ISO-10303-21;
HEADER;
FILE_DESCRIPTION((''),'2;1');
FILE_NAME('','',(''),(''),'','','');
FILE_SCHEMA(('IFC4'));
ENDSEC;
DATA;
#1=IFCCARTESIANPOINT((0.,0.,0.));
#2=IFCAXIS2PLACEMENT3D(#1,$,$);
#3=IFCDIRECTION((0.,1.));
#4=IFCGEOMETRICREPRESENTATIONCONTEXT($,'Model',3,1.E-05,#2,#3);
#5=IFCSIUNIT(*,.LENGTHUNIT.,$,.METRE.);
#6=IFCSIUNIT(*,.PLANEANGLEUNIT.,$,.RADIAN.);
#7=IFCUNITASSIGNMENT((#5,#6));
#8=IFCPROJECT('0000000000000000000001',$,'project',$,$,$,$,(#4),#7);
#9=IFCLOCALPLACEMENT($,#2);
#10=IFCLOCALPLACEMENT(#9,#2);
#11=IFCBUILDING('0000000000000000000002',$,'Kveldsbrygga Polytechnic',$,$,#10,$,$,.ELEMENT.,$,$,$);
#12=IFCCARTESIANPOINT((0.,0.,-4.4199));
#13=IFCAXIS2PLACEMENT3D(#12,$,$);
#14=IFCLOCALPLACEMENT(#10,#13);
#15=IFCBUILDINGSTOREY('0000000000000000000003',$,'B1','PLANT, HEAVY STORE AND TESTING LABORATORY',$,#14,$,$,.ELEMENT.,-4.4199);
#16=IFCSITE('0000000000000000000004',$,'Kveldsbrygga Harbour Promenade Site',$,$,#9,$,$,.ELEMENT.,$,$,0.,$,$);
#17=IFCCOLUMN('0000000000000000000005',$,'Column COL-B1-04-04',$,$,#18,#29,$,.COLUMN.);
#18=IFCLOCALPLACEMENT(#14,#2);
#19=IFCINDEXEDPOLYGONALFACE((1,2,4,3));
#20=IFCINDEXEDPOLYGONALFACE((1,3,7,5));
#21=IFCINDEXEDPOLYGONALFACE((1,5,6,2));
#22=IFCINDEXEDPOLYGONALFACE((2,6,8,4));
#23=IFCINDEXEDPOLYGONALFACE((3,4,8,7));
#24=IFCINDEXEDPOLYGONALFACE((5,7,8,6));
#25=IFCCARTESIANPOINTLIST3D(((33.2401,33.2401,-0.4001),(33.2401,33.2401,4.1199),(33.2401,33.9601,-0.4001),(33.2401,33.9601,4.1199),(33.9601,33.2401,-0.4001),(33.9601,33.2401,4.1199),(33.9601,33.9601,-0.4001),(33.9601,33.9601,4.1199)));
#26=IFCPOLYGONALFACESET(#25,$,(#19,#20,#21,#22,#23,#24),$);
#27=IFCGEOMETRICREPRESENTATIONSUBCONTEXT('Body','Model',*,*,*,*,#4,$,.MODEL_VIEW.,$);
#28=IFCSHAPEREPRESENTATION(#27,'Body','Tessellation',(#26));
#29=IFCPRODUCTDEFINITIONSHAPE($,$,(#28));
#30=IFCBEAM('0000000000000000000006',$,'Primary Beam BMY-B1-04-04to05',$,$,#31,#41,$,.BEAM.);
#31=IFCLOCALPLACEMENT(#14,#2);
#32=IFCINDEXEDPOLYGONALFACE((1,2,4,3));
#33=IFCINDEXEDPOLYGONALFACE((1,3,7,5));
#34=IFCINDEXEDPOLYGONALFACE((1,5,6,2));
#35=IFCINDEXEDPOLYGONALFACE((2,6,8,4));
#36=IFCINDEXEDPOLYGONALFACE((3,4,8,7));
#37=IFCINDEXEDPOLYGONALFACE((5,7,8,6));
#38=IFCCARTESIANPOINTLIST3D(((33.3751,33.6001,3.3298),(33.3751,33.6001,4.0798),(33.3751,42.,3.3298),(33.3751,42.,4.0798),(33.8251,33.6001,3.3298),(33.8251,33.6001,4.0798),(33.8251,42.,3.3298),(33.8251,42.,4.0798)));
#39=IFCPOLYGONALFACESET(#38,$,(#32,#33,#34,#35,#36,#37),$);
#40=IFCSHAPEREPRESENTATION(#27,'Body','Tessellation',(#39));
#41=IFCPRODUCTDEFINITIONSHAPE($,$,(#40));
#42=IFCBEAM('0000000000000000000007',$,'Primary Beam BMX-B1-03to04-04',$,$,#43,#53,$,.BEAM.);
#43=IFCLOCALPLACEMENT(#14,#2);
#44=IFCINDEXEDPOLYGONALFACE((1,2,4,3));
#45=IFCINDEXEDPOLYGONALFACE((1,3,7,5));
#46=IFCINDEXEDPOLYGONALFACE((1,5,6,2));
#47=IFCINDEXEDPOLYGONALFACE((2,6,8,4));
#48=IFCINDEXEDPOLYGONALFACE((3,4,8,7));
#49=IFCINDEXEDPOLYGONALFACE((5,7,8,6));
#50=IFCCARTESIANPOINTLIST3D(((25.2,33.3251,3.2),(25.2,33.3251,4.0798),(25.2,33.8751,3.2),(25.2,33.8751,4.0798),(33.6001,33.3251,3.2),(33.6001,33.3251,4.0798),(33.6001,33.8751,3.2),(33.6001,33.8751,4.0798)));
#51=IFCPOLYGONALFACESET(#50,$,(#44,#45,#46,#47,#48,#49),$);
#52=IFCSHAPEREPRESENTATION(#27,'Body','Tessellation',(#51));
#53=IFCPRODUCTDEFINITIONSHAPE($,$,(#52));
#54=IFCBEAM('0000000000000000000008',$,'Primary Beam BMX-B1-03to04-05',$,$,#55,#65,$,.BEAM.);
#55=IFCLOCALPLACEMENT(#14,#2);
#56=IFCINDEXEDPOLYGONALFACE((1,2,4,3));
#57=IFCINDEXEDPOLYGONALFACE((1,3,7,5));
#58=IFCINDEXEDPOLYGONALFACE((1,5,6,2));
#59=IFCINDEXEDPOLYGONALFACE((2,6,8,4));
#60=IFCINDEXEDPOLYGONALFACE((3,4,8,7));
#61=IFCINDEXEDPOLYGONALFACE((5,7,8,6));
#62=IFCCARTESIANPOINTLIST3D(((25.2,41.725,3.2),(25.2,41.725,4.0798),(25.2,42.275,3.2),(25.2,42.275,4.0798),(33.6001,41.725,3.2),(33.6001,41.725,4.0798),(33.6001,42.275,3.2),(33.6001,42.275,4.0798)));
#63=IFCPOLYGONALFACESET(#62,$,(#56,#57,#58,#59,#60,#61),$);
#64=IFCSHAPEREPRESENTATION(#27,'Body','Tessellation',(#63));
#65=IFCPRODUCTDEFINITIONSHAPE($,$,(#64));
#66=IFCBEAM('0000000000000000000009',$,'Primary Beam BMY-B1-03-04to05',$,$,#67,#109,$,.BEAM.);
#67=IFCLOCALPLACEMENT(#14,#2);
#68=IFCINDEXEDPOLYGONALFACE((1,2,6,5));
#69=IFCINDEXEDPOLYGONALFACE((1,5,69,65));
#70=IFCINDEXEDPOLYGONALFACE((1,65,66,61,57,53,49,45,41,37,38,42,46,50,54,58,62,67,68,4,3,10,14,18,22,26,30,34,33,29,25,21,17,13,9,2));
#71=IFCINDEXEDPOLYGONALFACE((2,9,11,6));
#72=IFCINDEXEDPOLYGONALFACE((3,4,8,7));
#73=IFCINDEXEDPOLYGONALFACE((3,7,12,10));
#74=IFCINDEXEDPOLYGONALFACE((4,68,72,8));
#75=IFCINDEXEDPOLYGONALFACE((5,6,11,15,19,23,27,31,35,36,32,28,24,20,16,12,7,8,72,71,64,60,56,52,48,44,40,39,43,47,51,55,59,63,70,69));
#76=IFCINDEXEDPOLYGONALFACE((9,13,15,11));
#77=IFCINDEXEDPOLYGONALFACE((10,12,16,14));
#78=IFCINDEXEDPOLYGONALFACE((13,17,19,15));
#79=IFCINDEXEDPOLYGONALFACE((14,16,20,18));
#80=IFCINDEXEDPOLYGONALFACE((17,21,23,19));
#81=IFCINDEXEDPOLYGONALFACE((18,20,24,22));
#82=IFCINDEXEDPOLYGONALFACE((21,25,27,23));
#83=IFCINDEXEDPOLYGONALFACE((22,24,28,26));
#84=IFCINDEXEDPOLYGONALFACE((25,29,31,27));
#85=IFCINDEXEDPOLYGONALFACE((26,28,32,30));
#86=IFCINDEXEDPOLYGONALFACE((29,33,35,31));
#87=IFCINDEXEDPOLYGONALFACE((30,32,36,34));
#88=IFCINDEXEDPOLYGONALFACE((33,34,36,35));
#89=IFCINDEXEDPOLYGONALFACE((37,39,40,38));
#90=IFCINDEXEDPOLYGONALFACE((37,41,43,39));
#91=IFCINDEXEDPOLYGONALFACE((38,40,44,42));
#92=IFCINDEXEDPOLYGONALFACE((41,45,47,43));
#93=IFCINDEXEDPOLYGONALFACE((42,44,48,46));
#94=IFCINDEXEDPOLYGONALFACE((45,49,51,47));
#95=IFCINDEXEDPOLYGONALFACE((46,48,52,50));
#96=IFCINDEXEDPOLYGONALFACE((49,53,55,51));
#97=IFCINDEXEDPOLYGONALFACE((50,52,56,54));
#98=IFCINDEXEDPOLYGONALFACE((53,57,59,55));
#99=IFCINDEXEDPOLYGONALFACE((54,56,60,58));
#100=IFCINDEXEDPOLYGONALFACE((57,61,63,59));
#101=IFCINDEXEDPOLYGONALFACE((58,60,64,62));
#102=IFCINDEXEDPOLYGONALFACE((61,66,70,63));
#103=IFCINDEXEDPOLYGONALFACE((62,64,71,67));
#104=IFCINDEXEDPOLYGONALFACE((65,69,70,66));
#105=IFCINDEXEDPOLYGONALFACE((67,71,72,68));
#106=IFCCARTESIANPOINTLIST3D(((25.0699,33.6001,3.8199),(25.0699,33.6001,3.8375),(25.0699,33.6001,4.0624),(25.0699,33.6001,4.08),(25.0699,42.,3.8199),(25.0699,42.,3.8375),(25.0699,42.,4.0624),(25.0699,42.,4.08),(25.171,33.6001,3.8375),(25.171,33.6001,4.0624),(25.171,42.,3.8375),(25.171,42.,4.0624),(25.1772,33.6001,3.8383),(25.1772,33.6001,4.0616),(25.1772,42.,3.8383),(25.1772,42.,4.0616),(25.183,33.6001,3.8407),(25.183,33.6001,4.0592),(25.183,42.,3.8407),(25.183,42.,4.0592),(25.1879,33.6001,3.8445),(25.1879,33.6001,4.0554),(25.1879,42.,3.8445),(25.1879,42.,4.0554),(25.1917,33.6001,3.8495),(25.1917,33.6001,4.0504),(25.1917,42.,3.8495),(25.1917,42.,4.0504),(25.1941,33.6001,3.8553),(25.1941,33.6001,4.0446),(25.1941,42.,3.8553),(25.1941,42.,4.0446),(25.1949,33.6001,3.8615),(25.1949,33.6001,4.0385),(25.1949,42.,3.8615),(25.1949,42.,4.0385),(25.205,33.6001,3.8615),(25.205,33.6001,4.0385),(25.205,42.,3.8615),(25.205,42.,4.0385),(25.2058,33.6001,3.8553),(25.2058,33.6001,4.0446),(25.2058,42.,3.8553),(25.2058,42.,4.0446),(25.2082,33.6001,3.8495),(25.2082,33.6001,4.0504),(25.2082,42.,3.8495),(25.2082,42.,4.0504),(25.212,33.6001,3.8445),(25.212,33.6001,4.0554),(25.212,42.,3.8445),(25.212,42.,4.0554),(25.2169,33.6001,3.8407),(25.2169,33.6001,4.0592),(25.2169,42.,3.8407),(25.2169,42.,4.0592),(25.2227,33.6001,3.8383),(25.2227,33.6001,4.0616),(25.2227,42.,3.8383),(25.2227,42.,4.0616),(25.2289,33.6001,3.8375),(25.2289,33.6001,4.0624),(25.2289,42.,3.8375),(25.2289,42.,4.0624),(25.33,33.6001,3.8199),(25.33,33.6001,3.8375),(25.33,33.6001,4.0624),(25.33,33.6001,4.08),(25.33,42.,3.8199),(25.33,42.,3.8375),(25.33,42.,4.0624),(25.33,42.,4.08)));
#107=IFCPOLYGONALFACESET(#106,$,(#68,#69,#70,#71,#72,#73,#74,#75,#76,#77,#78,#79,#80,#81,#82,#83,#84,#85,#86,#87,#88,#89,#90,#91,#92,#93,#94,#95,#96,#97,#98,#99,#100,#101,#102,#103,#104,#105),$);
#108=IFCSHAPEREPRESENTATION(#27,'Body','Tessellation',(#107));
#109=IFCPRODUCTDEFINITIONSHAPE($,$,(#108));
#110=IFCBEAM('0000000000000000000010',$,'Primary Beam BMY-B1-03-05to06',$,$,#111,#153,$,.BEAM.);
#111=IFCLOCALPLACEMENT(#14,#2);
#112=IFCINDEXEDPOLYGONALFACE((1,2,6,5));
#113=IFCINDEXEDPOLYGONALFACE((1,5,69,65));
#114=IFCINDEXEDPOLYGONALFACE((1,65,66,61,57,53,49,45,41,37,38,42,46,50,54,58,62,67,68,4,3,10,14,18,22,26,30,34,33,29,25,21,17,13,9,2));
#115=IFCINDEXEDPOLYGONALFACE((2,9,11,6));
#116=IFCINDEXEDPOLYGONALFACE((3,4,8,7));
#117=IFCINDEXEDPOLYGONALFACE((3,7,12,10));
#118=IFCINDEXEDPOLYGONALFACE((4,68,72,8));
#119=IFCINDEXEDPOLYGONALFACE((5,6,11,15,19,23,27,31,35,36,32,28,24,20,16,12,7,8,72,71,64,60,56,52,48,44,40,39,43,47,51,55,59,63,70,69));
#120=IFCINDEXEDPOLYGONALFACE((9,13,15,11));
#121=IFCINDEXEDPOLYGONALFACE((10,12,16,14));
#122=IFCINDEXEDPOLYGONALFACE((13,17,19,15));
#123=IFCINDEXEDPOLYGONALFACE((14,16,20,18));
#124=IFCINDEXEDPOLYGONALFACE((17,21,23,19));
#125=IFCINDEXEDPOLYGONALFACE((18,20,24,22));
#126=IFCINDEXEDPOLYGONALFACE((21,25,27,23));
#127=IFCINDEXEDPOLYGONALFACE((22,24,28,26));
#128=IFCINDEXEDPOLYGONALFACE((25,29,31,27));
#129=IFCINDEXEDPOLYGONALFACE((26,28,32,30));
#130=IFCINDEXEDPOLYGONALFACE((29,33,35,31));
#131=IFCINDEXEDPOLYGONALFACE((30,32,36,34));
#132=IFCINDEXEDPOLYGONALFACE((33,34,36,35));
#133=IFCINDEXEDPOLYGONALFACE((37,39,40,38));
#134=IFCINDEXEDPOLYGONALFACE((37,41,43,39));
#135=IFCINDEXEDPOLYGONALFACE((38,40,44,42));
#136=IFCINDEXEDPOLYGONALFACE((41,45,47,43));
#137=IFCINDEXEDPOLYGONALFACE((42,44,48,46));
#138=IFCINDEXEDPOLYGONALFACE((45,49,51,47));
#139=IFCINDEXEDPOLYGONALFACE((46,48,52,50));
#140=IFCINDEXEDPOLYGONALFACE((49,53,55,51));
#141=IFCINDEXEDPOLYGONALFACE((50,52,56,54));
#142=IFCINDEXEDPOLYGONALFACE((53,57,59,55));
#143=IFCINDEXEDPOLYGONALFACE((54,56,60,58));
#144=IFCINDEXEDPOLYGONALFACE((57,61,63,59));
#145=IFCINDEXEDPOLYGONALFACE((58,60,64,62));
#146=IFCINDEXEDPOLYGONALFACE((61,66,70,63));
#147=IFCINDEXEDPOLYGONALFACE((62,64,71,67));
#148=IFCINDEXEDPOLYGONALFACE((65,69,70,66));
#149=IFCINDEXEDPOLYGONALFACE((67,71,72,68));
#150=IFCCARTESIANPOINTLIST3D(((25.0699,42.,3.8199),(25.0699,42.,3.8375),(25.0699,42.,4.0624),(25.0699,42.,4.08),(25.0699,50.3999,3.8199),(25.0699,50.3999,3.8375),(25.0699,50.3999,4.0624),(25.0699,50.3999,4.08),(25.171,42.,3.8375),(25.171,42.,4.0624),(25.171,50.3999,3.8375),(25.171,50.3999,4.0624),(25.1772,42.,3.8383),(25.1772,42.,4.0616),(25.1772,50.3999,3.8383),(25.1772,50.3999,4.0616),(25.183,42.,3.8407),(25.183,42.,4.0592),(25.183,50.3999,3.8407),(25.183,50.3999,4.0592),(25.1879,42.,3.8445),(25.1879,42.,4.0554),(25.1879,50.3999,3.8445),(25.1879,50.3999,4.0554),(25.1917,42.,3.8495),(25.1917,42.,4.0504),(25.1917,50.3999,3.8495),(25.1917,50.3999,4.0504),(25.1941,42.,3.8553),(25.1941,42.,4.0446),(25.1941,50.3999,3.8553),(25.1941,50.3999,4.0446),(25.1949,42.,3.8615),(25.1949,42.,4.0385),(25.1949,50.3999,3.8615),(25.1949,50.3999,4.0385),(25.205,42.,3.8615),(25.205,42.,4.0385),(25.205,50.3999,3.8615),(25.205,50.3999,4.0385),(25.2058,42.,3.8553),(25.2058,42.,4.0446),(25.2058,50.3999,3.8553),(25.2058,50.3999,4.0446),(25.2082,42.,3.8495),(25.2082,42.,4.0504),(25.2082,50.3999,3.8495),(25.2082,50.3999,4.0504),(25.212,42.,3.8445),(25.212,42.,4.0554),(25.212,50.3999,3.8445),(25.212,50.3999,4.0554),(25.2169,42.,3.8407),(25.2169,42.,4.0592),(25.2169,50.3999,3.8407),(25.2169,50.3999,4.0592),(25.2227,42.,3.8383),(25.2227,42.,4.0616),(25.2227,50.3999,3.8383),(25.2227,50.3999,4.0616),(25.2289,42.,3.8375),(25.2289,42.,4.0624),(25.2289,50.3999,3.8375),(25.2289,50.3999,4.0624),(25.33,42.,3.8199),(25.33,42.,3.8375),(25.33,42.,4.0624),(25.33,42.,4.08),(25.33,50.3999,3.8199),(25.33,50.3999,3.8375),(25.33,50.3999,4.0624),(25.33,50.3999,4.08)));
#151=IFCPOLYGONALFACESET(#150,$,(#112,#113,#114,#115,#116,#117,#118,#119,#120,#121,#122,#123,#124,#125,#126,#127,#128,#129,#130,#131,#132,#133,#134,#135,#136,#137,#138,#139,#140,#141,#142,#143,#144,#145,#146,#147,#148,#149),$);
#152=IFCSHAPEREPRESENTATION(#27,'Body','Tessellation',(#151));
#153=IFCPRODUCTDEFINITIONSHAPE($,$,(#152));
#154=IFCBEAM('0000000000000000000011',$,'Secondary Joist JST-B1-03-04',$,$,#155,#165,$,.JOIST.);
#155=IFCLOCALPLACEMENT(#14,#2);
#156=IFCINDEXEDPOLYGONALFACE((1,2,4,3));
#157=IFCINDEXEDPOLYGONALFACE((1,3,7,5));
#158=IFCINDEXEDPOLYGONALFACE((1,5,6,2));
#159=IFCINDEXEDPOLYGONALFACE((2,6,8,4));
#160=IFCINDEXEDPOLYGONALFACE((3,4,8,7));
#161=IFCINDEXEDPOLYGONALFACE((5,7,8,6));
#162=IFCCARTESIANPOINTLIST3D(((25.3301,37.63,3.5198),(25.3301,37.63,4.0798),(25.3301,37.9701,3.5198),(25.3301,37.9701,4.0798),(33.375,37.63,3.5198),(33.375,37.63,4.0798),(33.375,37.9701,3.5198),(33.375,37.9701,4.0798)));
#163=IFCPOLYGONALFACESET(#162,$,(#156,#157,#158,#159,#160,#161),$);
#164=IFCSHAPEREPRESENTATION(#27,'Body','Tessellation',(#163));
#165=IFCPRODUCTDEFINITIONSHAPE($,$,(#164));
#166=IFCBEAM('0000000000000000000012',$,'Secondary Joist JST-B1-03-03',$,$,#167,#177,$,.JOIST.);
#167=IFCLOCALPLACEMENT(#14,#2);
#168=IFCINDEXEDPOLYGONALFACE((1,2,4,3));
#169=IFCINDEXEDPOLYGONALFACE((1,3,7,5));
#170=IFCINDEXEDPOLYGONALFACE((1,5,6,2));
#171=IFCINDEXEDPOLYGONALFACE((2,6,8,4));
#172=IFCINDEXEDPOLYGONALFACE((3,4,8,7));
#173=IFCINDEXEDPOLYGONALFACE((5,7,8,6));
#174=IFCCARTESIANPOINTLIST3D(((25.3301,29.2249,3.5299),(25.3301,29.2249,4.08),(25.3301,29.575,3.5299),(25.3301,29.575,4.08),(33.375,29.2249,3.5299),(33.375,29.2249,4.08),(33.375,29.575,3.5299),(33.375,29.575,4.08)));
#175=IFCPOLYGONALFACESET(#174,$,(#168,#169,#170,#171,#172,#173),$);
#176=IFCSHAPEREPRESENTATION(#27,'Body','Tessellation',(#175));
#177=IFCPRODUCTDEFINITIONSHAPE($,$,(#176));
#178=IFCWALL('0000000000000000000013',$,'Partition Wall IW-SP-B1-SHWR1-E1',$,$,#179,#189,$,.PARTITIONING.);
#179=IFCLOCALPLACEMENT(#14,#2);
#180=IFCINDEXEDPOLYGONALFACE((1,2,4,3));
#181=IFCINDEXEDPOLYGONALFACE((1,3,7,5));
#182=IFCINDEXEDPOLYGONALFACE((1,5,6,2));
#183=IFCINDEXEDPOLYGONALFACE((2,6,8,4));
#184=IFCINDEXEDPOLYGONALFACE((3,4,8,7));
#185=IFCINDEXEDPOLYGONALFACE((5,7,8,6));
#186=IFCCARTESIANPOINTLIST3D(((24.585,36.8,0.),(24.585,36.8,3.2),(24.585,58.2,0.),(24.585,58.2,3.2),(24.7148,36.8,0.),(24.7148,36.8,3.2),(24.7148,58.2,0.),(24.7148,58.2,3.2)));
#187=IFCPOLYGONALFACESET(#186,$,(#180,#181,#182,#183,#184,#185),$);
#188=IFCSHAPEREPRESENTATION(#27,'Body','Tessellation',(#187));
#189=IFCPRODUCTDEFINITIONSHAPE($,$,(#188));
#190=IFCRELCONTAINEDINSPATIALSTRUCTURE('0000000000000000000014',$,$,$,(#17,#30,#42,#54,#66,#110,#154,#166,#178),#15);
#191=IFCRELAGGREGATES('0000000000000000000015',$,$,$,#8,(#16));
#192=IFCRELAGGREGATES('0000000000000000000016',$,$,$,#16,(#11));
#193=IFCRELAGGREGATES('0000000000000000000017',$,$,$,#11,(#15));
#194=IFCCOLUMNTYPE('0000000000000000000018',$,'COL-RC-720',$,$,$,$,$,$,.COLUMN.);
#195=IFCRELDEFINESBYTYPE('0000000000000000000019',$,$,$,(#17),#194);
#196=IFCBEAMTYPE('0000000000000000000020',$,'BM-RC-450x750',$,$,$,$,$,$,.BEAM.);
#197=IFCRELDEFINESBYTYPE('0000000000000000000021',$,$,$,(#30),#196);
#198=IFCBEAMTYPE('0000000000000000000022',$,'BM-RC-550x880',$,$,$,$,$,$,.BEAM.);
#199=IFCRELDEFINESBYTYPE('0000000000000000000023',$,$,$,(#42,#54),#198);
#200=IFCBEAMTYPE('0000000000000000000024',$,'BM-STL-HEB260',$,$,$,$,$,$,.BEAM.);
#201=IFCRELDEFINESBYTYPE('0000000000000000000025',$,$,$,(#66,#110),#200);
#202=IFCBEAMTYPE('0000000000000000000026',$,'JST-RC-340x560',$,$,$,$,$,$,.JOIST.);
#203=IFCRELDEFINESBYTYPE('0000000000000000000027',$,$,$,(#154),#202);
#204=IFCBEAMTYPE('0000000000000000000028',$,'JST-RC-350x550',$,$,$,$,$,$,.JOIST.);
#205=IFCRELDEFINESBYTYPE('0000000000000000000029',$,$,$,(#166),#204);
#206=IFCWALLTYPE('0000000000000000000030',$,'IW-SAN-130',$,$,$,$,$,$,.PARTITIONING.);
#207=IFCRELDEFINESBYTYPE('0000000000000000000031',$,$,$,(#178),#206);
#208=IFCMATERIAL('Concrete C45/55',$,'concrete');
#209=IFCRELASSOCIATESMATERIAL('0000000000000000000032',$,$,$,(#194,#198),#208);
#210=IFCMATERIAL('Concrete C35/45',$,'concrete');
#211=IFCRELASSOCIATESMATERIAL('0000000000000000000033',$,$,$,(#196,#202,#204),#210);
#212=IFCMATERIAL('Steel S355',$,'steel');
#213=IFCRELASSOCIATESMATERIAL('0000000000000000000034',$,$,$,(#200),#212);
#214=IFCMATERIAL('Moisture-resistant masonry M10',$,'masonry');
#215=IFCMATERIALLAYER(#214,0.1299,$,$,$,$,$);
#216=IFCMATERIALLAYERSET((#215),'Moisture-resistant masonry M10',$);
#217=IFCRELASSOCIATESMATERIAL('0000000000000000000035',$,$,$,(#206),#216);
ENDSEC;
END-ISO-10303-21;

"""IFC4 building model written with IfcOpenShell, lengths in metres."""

from ifc_helpers import new_model, si_unit, direction, frame, frame_2d, origin, origin_2d, place, context, subcontext, project, spatial, rectangle, i_section, extrude, material, layer, layer_set, material_profile, profile_set, type_object, element, save


model = new_model("IFC4")

# Units and contexts
model_context = context("Model", 3, precision=1e-05, world=origin(), true_north=direction((0.0, 1.0)))
body_context = subcontext(model_context, "Body", "Model", "MODEL_VIEW")
ifc_project = project(units=[si_unit("LENGTHUNIT", "METRE"), si_unit("PLANEANGLEUNIT", "RADIAN")], contexts=[model_context])

# Site, building, storey
site_placement = place(None, origin())
site = spatial("IfcSite", under=ifc_project, at=site_placement, Name="Kveldsbrygga Harbour Promenade Site", CompositionType="ELEMENT", RefElevation=0.0)
building_placement = place(site_placement, origin())
building = spatial("IfcBuilding", under=site, at=building_placement, Name="Kveldsbrygga Polytechnic", CompositionType="ELEMENT")
storey_placement = place(building_placement, frame((0.0, 0.0, -4.4199)))
storey = spatial("IfcBuildingStorey", under=building, at=storey_placement, Name="B1", Description="PLANT, HEAVY STORE AND TESTING LABORATORY", CompositionType="ELEMENT", Elevation=-4.4199)

# Shared definitions
ifc_material_1 = material(Name="Concrete C45/55", Category="concrete")

# Column
ifc_material_profile_1 = material_profile(ifc_material_1, rectangle(XDim=0.72, YDim=0.72, at=origin_2d()), Name="RC 720x720")
ifc_profile_set_1 = profile_set([ifc_material_profile_1], Name="Concrete C45/55")
column_type_1 = type_object("IfcColumnType", Name="COL-RC-720", PredefinedType="COLUMN", material=ifc_profile_set_1)
column_1_placement = place(storey_placement, frame((33.6001, 33.6001, -0.4001), z_axis=(0.0, 0.0, 1.0), x_axis=(1.0, 0.0, 0.0)))
element("IfcColumn", 1, at=column_1_placement, inside=storey, type_object=column_type_1, Name="Column COL-B1-04-04", PredefinedType="COLUMN", context=body_context, shape_type="SweptSolid", body=[
    extrude(rectangle(XDim=0.72, YDim=0.72, at=origin_2d()), origin(), (0.0, 0.0, 1.0), 4.52),
])

# Beams
ifc_material_2 = material(Name="Concrete C35/45", Category="concrete")
ifc_material_profile_2 = material_profile(ifc_material_2, rectangle(XDim=0.45, YDim=0.75, at=origin_2d()), Name="RC 450x750")
ifc_profile_set_2 = profile_set([ifc_material_profile_2], Name="Concrete C35/45")
beam_type_1 = type_object("IfcBeamType", Name="BM-RC-450x750", PredefinedType="BEAM", material=ifc_profile_set_2)
beam_1_placement = place(storey_placement, frame((33.6001, 33.6001, 3.7048), z_axis=(0.0, 1.0, 0.0), x_axis=(-1.0, 0.0, 0.0)))
element("IfcBeam", 2, at=beam_1_placement, inside=storey, type_object=beam_type_1, Name="Primary Beam BMY-B1-04-04to05", PredefinedType="BEAM", context=body_context, shape_type="SweptSolid", body=[
    extrude(rectangle(XDim=0.45, YDim=0.75, at=origin_2d()), origin(), (0.0, 0.0, 1.0), 8.3999),
])
ifc_material_profile_3 = material_profile(ifc_material_1, rectangle(XDim=0.55, YDim=0.8799, at=origin_2d()), Name="RC 550x880")
ifc_profile_set_3 = profile_set([ifc_material_profile_3], Name="Concrete C45/55")
beam_type_2 = type_object("IfcBeamType", Name="BM-RC-550x880", PredefinedType="BEAM", material=ifc_profile_set_3)
for number, where, z_axis, x_axis, name in (
    (3, (25.2, 33.6001, 3.6399), (1.0, 0.0, 0.0), (0.0, 1.0, 0.0), "Primary Beam BMX-B1-03to04-04"),
    (4, (25.2, 42.0, 3.6399), (1.0, 0.0, 0.0), (0.0, 1.0, 0.0), "Primary Beam BMX-B1-03to04-05"),
):
    element("IfcBeam", number, at=place(storey_placement, frame(where, z_axis=z_axis, x_axis=x_axis)), inside=storey, type_object=beam_type_2, Name=name, PredefinedType="BEAM", context=body_context, shape_type="SweptSolid", body=[
        extrude(rectangle(XDim=0.55, YDim=0.8799, at=origin_2d()), origin(), (0.0, 0.0, 1.0), 8.4001),
    ])
ifc_material_3 = material(Name="Steel S355", Category="steel")
ifc_material_profile_4 = material_profile(ifc_material_3, i_section(OverallWidth=0.26, OverallDepth=0.26, WebThickness=0.01, FlangeThickness=0.0176, FilletRadius=0.0239, at=origin_2d()), Name="HEB 260")
ifc_profile_set_4 = profile_set([ifc_material_profile_4], Name="Steel S355")
beam_type_3 = type_object("IfcBeamType", Name="BM-STL-HEB260", PredefinedType="BEAM", material=ifc_profile_set_4)
for number, where, z_axis, x_axis, name in (
    (5, (25.2, 33.6001, 3.95), (0.0, 1.0, 0.0), (-1.0, 0.0, 0.0), "Primary Beam BMY-B1-03-04to05"),
    (6, (25.2, 42.0, 3.95), (0.0, 1.0, 0.0), (-1.0, 0.0, 0.0), "Primary Beam BMY-B1-03-05to06"),
):
    element("IfcBeam", number, at=place(storey_placement, frame(where, z_axis=z_axis, x_axis=x_axis)), inside=storey, type_object=beam_type_3, Name=name, PredefinedType="BEAM", context=body_context, shape_type="SweptSolid", body=[
        extrude(i_section(OverallWidth=0.26, OverallDepth=0.26, WebThickness=0.01, FlangeThickness=0.0176, FilletRadius=0.0239, at=origin_2d()), origin(), (0.0, 0.0, 1.0), 8.3999),
    ])
ifc_material_profile_5 = material_profile(ifc_material_2, rectangle(XDim=0.3401, YDim=0.5601, at=origin_2d()), Name="RC 340x560")
ifc_profile_set_5 = profile_set([ifc_material_profile_5], Name="Concrete C35/45")
beam_type_4 = type_object("IfcBeamType", Name="JST-RC-340x560", PredefinedType="JOIST", material=ifc_profile_set_5)
beam_2_placement = place(storey_placement, frame((25.3301, 37.8, 3.7998), z_axis=(1.0, 0.0, 0.0), x_axis=(0.0, 1.0, 0.0)))
element("IfcBeam", 7, at=beam_2_placement, inside=storey, type_object=beam_type_4, Name="Secondary Joist JST-B1-03-04", PredefinedType="JOIST", context=body_context, shape_type="SweptSolid", body=[
    extrude(rectangle(XDim=0.3401, YDim=0.5601, at=origin_2d()), origin(), (0.0, 0.0, 1.0), 8.0449),
])
ifc_material_profile_6 = material_profile(ifc_material_2, rectangle(XDim=0.3501, YDim=0.55, at=origin_2d()), Name="RC 350x550")
ifc_profile_set_6 = profile_set([ifc_material_profile_6], Name="Concrete C35/45")
beam_type_5 = type_object("IfcBeamType", Name="JST-RC-350x550", PredefinedType="JOIST", material=ifc_profile_set_6)
beam_3_placement = place(storey_placement, frame((25.3301, 29.3999, 3.8049), z_axis=(1.0, 0.0, 0.0), x_axis=(0.0, 1.0, 0.0)))
element("IfcBeam", 8, at=beam_3_placement, inside=storey, type_object=beam_type_5, Name="Secondary Joist JST-B1-03-03", PredefinedType="JOIST", context=body_context, shape_type="SweptSolid", body=[
    extrude(rectangle(XDim=0.3501, YDim=0.55, at=origin_2d()), origin(), (0.0, 0.0, 1.0), 8.0449),
])

# Wall
ifc_material_4 = material(Name="Moisture-resistant masonry M10", Category="masonry")
ifc_layer_1 = layer(ifc_material_4, 0.1299)
ifc_layer_set_1 = layer_set([ifc_layer_1], Name="Moisture-resistant masonry M10")
wall_type_1 = type_object("IfcWallType", Name="IW-SAN-130", PredefinedType="PARTITIONING", material=ifc_layer_set_1)
wall_1_placement = place(storey_placement, frame((24.6499, 36.8, 0.0), z_axis=(0.0, 0.0, 1.0), x_axis=(0.0, 1.0, 0.0)))
element("IfcWall", 9, at=wall_1_placement, inside=storey, type_object=wall_type_1, Name="Partition Wall IW-SP-B1-SHWR1-E1", PredefinedType="PARTITIONING", context=body_context, shape_type="SweptSolid", body=[
    extrude(rectangle(XDim=21.3999, YDim=0.1299, at=frame_2d((10.7, 0.0))), origin(), (0.0, 0.0, 1.0), 3.2),
])

save(model, "model.ifc")
